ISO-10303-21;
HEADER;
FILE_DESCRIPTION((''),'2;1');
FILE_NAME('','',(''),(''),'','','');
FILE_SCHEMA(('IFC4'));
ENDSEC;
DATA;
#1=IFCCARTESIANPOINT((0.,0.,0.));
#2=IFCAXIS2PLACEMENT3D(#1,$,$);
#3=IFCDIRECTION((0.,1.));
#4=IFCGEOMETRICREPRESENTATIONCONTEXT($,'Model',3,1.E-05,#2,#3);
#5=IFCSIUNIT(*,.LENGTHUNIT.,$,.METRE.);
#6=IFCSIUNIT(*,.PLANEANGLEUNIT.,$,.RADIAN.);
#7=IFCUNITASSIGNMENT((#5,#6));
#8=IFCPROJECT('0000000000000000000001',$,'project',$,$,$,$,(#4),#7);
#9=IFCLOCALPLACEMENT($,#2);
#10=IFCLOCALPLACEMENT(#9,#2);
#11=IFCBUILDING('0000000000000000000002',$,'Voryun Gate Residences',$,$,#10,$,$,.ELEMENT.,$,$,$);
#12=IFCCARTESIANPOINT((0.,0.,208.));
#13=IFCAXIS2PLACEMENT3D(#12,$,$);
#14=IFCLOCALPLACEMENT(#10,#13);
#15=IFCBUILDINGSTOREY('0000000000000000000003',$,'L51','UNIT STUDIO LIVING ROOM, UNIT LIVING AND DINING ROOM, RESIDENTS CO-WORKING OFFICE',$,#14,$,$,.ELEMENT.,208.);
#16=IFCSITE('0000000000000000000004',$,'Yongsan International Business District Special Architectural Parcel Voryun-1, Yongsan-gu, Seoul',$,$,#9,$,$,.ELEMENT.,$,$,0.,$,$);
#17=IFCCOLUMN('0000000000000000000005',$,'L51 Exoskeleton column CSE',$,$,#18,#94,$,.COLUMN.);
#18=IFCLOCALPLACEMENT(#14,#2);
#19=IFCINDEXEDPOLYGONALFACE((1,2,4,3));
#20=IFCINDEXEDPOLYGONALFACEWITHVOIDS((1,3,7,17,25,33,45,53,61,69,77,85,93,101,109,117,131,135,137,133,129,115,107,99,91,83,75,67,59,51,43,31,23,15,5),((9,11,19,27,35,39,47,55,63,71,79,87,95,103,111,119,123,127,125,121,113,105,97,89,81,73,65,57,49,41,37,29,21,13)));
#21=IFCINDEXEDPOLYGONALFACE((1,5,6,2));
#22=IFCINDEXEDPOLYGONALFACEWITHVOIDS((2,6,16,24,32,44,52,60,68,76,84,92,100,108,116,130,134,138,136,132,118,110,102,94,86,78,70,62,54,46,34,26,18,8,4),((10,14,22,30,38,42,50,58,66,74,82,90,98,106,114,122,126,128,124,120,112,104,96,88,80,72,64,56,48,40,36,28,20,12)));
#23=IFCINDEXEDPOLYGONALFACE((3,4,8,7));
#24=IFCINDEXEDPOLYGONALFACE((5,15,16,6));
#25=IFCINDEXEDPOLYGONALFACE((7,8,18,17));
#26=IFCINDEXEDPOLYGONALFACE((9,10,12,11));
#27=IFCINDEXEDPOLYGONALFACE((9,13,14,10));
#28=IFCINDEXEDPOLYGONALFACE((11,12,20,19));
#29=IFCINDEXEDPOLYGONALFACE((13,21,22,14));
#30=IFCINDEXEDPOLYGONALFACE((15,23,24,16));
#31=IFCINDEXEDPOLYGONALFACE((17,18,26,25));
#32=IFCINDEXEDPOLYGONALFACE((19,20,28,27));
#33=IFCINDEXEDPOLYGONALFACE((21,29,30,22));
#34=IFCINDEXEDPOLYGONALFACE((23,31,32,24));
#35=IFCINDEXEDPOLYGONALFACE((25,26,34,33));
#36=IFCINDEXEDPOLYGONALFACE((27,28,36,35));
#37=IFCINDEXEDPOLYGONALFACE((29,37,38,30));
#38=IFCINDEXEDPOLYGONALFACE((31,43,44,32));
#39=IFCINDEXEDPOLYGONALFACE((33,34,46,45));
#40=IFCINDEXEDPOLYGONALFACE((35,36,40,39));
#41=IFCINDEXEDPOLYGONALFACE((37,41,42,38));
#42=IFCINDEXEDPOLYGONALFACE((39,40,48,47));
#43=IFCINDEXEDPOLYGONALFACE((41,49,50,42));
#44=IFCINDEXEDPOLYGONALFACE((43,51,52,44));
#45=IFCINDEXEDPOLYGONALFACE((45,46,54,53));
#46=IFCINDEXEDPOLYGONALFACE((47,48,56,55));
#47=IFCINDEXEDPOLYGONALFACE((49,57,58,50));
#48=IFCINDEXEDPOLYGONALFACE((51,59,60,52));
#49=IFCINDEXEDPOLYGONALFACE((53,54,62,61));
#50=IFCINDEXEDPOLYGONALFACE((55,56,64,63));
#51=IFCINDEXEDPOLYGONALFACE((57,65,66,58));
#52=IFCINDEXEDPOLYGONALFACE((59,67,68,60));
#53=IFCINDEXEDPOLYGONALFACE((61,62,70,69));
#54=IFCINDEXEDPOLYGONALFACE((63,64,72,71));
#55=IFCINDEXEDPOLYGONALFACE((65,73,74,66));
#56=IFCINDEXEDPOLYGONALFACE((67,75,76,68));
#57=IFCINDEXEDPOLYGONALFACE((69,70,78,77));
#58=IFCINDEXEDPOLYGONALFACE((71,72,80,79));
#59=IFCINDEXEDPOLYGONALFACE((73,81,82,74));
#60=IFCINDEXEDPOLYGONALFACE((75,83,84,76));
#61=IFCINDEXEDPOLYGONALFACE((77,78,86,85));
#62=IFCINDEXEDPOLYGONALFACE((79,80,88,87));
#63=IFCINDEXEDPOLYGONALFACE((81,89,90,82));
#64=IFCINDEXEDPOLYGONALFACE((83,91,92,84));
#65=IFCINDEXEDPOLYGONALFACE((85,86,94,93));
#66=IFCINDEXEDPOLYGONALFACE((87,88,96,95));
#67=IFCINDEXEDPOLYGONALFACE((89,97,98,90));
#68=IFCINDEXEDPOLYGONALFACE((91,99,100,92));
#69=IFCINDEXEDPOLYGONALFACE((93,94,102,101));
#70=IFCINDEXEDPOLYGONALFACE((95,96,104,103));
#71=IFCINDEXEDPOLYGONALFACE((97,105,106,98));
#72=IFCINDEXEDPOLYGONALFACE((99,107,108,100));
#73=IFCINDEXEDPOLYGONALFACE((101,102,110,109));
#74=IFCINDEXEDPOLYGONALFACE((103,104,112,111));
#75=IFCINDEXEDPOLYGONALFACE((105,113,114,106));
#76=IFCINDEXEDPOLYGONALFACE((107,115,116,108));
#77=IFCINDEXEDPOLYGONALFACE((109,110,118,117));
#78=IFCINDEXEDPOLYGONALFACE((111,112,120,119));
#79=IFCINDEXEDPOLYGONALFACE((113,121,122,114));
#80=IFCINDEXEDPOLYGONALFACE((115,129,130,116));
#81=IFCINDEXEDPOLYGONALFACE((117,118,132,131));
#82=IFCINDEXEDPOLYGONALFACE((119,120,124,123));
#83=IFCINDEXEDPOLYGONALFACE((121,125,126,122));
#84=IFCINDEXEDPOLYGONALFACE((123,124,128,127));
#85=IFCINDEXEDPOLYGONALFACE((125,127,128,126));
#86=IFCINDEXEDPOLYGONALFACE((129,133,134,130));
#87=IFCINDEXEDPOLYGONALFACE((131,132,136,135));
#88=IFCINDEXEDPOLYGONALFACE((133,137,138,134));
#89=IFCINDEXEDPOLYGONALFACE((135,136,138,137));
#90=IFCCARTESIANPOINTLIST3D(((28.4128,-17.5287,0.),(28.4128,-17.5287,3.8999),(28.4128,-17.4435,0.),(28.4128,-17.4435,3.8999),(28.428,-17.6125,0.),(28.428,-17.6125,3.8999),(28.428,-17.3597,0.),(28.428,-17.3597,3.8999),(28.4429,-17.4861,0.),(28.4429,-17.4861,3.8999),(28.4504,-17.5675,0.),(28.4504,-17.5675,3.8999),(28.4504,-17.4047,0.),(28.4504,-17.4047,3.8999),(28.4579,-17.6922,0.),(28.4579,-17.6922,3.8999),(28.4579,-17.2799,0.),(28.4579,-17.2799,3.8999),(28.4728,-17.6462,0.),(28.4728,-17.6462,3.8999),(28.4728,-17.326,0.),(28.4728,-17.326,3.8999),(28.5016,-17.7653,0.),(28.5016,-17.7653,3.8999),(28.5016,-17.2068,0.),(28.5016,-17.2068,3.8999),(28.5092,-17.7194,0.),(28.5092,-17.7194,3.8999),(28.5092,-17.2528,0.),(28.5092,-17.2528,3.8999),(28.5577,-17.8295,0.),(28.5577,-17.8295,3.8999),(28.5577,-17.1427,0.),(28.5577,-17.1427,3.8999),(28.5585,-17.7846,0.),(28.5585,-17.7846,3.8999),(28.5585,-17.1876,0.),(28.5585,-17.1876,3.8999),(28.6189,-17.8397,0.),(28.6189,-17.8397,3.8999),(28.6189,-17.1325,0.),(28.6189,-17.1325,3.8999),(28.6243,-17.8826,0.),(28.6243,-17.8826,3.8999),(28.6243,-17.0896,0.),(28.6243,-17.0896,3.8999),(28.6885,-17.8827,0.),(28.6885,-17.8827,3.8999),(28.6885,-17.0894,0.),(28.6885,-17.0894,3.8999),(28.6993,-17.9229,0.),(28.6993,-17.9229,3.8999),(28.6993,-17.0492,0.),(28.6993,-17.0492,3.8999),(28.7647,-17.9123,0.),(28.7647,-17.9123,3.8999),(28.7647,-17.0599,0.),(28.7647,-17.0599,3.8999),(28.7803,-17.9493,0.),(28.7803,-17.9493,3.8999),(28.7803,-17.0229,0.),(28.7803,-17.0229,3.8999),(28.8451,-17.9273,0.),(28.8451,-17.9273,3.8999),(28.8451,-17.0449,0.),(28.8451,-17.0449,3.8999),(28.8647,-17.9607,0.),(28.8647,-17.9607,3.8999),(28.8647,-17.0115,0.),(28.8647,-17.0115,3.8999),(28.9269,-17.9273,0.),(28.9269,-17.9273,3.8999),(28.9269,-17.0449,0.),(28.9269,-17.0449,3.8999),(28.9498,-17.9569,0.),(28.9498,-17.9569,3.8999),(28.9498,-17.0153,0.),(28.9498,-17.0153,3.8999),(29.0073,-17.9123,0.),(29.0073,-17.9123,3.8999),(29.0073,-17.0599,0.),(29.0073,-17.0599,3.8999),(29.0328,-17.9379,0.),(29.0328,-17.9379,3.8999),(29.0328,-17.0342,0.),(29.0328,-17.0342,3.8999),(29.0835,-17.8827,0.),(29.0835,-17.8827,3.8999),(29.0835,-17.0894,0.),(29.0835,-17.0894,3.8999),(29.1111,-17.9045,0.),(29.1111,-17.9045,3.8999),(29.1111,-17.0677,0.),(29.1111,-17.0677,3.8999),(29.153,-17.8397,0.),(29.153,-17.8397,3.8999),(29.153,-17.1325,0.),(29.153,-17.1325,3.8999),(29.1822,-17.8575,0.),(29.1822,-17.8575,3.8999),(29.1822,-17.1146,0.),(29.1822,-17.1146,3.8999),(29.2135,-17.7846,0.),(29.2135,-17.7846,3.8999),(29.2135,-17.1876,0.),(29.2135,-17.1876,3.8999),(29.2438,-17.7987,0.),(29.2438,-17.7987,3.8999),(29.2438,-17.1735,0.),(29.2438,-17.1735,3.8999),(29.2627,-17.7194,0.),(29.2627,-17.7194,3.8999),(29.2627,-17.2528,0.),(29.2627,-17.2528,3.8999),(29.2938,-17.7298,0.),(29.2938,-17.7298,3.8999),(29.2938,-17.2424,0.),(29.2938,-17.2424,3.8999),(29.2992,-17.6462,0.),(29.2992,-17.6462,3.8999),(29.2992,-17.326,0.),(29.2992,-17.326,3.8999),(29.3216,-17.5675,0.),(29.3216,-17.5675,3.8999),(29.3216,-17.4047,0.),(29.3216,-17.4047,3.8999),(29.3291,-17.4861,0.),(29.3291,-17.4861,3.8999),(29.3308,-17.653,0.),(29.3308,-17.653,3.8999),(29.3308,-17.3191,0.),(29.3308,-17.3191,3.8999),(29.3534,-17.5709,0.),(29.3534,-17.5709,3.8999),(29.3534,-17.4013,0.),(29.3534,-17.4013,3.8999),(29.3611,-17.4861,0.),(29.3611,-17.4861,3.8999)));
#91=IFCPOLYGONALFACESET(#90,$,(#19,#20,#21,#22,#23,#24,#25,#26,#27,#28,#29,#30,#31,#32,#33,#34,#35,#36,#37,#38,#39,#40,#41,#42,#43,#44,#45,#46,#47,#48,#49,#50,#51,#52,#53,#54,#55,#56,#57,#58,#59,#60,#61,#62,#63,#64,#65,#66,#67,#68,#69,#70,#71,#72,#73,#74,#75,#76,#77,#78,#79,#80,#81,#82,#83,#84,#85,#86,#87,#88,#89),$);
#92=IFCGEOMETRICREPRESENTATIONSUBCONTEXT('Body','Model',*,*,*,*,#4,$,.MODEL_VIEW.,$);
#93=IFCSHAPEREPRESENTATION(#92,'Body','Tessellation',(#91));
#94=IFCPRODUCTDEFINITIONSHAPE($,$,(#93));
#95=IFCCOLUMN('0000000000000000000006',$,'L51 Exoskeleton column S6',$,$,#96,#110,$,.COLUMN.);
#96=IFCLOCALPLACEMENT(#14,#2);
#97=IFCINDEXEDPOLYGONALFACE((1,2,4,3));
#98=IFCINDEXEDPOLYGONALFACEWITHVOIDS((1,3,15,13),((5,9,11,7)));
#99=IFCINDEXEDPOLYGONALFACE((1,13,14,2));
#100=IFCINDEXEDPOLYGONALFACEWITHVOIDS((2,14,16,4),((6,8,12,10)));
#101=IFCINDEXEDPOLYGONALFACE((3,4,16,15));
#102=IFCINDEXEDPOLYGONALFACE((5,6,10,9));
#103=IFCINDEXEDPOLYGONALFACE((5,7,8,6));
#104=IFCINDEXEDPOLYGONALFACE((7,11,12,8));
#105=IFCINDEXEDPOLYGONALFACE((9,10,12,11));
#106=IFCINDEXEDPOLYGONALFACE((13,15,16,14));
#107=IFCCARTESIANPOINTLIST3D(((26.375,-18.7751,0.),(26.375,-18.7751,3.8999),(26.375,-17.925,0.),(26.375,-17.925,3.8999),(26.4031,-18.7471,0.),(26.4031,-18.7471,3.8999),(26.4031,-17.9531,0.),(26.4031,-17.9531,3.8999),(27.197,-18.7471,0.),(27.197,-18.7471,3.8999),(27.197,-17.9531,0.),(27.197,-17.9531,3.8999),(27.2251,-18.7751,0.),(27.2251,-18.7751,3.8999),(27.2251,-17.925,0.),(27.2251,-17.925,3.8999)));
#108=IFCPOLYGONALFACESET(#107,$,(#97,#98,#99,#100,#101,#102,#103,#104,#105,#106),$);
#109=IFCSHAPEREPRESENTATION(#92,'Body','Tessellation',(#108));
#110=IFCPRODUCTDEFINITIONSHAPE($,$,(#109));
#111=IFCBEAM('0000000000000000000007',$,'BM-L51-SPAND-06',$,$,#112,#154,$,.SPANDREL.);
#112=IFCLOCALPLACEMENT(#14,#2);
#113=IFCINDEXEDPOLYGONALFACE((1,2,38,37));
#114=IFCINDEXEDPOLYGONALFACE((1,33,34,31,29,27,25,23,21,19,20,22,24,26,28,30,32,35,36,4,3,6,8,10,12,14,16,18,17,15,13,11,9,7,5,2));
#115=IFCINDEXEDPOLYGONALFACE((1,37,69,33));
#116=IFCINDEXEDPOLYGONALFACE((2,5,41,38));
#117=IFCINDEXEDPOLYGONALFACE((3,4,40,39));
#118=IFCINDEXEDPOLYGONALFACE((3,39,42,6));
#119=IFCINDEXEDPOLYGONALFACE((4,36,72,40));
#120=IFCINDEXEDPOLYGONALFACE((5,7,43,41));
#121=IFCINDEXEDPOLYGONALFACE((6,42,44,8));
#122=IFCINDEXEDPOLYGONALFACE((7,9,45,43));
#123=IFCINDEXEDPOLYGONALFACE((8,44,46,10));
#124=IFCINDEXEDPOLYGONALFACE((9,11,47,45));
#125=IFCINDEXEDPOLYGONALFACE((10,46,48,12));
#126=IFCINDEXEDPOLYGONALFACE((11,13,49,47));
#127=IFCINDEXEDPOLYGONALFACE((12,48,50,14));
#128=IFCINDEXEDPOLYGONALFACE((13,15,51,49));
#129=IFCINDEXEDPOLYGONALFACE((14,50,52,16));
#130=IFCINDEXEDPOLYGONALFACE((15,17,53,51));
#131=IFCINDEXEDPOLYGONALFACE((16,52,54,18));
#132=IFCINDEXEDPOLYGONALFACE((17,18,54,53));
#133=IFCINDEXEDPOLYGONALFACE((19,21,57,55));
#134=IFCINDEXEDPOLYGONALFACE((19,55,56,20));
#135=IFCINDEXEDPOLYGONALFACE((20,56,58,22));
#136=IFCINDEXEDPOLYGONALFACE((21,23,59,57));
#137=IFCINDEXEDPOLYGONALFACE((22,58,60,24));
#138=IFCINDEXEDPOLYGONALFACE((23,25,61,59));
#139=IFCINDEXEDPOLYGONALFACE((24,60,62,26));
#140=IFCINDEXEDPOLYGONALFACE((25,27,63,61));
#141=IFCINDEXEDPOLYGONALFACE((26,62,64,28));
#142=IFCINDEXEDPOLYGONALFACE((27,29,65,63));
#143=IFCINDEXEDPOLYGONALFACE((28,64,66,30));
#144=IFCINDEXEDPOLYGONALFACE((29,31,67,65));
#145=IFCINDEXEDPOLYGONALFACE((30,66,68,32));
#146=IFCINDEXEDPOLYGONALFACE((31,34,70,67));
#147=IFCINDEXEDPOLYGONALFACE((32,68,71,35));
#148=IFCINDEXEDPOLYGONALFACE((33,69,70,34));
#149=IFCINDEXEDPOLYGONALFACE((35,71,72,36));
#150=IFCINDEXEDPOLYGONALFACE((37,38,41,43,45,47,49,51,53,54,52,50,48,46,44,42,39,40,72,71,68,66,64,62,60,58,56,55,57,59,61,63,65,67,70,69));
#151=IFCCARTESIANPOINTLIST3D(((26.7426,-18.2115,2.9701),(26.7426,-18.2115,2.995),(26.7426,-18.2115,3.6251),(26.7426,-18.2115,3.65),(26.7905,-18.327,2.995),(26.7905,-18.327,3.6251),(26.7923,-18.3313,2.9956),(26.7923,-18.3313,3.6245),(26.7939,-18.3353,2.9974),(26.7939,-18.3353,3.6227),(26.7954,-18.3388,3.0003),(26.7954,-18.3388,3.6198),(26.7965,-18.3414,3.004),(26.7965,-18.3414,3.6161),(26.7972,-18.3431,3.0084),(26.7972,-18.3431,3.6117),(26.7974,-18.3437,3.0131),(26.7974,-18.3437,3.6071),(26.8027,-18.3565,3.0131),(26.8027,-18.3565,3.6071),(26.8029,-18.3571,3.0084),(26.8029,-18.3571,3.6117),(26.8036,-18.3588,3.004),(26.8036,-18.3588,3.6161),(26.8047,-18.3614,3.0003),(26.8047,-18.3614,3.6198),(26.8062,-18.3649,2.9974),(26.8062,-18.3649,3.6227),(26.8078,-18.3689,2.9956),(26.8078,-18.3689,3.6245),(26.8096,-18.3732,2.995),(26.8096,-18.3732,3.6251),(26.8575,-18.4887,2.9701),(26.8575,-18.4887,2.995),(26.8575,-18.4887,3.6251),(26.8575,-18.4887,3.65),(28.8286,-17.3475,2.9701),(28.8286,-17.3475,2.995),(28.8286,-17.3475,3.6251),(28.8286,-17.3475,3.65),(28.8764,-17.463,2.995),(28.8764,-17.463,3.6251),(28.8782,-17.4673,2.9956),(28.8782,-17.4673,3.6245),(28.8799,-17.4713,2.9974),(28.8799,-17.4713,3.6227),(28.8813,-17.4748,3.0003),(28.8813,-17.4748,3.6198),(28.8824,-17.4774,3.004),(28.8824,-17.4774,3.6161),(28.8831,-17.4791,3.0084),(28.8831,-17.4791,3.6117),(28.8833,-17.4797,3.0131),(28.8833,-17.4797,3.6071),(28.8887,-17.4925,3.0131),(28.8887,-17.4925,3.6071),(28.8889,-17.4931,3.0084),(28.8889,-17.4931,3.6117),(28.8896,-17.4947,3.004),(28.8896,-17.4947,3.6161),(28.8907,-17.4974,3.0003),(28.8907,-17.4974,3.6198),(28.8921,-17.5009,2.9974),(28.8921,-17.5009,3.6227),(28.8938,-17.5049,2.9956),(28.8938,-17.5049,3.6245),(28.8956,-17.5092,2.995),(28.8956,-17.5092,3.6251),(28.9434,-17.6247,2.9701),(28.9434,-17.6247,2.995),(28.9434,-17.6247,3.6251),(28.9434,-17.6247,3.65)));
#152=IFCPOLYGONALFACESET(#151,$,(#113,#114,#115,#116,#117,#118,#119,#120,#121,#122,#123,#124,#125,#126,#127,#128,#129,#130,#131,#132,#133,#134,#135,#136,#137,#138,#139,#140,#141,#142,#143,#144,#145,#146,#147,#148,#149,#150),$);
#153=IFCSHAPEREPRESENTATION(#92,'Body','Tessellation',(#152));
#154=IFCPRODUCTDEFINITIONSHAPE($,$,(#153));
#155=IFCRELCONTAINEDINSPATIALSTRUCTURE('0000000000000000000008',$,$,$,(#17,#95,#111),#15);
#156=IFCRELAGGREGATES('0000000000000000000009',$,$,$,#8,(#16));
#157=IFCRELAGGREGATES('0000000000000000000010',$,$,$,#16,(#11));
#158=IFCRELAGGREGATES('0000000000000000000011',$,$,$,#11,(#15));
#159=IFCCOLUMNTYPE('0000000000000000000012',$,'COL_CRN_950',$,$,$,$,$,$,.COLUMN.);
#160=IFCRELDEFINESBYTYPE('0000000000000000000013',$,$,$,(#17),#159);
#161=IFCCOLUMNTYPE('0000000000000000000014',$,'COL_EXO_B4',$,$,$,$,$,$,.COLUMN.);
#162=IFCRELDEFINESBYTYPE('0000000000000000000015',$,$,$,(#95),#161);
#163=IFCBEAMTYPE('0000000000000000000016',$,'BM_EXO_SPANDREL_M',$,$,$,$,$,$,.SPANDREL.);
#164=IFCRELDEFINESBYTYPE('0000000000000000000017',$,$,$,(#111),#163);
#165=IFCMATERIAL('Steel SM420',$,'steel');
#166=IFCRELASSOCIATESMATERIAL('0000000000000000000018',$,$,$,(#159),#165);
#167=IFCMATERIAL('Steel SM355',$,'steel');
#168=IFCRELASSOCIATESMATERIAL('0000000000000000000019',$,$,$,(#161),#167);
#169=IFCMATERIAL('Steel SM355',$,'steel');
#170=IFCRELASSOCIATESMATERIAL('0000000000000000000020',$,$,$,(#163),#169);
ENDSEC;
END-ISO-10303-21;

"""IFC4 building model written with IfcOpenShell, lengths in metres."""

from ifc_helpers import new_model, si_unit, direction, frame, origin, origin_2d, place, context, subcontext, project, spatial, hollow_rectangle, hollow_circle, i_section, extrude, material, material_profile, profile_set, type_object, element, save


model = new_model("IFC4")

# Units and contexts
model_context = context("Model", 3, precision=1e-05, world=origin(), true_north=direction((0.0, 1.0)))
body_context = subcontext(model_context, "Body", "Model", "MODEL_VIEW")
ifc_project = project(units=[si_unit("LENGTHUNIT", "METRE"), si_unit("PLANEANGLEUNIT", "RADIAN")], contexts=[model_context])

# Site, building, storey
site_placement = place(None, origin())
site = spatial("IfcSite", under=ifc_project, at=site_placement, Name="Yongsan International Business District Special Architectural Parcel Voryun-1, Yongsan-gu, Seoul", CompositionType="ELEMENT", RefElevation=0.0)
building_placement = place(site_placement, origin())
building = spatial("IfcBuilding", under=site, at=building_placement, Name="Voryun Gate Residences", CompositionType="ELEMENT")
storey_placement = place(building_placement, frame((0.0, 0.0, 208.0)))
storey = spatial("IfcBuildingStorey", under=building, at=storey_placement, Name="L51", Description="UNIT STUDIO LIVING ROOM, UNIT LIVING AND DINING ROOM, RESIDENTS CO-WORKING OFFICE", CompositionType="ELEMENT", Elevation=208.0)

# Columns
ifc_material_1 = material(Name="Steel SM420", Category="steel")
ifc_material_profile_1 = material_profile(ifc_material_1, hollow_circle(Radius=0.4751, WallThickness=0.032, at=origin_2d()), Name="CHS-950x32")
ifc_profile_set_1 = profile_set([ifc_material_profile_1], Name="Steel SM420")
column_type_1 = type_object("IfcColumnType", Name="COL_CRN_950", PredefinedType="COLUMN", material=ifc_profile_set_1)
column_1_placement = place(storey_placement, frame((28.886, -17.4861, 0.0), z_axis=(0.0, 0.0, 1.0), x_axis=(1.0, 0.0, 0.0)))
element("IfcColumn", 1, at=column_1_placement, inside=storey, type_object=column_type_1, Name="L51 Exoskeleton column CSE", PredefinedType="COLUMN", context=body_context, shape_type="SweptSolid", body=[
    extrude(hollow_circle(Radius=0.4751, WallThickness=0.032, at=origin_2d()), origin(), (0.0, 0.0, 1.0), 3.8999),
])
ifc_material_2 = material(Name="Steel SM355", Category="steel")
ifc_material_profile_2 = material_profile(ifc_material_2, hollow_rectangle(XDim=0.8501, YDim=0.8501, WallThickness=0.0281, at=origin_2d()), Name="BOX-850x850x28")
ifc_profile_set_2 = profile_set([ifc_material_profile_2], Name="Steel SM355")
column_type_2 = type_object("IfcColumnType", Name="COL_EXO_B4", PredefinedType="COLUMN", material=ifc_profile_set_2)
column_2_placement = place(storey_placement, frame((26.8, -18.3501, 0.0), z_axis=(0.0, 0.0, 1.0), x_axis=(1.0, 0.0, 0.0)))
element("IfcColumn", 2, at=column_2_placement, inside=storey, type_object=column_type_2, Name="L51 Exoskeleton column S6", PredefinedType="COLUMN", context=body_context, shape_type="SweptSolid", body=[
    extrude(hollow_rectangle(XDim=0.8501, YDim=0.8501, WallThickness=0.0281, at=origin_2d()), origin(), (0.0, 0.0, 1.0), 3.8999),
])

# Beam
ifc_material_3 = material(Name="Steel SM355", Category="steel")
ifc_material_profile_3 = material_profile(ifc_material_3, i_section(OverallWidth=0.3, OverallDepth=0.6799, WebThickness=0.0139, FlangeThickness=0.0249, FilletRadius=0.0181, at=origin_2d()), Name="H-680x300x14x25")
ifc_profile_set_3 = profile_set([ifc_material_profile_3], Name="Steel SM355")
beam_type_1 = type_object("IfcBeamType", Name="BM_EXO_SPANDREL_M", PredefinedType="SPANDREL", material=ifc_profile_set_3)
beam_1_placement = place(storey_placement, frame((26.8, -18.3501, 3.3101), z_axis=(0.923881, 0.38268, 0.0), x_axis=(-0.38268, 0.923881, 0.0)))
element("IfcBeam", 3, at=beam_1_placement, inside=storey, type_object=beam_type_1, Name="BM-L51-SPAND-06", PredefinedType="SPANDREL", context=body_context, shape_type="SweptSolid", body=[
    extrude(i_section(OverallWidth=0.3, OverallDepth=0.6799, WebThickness=0.0139, FlangeThickness=0.0249, FilletRadius=0.0181, at=origin_2d()), origin(), (0.0, 0.0, 1.0), 2.2578),
])

save(model, "model.ifc")
